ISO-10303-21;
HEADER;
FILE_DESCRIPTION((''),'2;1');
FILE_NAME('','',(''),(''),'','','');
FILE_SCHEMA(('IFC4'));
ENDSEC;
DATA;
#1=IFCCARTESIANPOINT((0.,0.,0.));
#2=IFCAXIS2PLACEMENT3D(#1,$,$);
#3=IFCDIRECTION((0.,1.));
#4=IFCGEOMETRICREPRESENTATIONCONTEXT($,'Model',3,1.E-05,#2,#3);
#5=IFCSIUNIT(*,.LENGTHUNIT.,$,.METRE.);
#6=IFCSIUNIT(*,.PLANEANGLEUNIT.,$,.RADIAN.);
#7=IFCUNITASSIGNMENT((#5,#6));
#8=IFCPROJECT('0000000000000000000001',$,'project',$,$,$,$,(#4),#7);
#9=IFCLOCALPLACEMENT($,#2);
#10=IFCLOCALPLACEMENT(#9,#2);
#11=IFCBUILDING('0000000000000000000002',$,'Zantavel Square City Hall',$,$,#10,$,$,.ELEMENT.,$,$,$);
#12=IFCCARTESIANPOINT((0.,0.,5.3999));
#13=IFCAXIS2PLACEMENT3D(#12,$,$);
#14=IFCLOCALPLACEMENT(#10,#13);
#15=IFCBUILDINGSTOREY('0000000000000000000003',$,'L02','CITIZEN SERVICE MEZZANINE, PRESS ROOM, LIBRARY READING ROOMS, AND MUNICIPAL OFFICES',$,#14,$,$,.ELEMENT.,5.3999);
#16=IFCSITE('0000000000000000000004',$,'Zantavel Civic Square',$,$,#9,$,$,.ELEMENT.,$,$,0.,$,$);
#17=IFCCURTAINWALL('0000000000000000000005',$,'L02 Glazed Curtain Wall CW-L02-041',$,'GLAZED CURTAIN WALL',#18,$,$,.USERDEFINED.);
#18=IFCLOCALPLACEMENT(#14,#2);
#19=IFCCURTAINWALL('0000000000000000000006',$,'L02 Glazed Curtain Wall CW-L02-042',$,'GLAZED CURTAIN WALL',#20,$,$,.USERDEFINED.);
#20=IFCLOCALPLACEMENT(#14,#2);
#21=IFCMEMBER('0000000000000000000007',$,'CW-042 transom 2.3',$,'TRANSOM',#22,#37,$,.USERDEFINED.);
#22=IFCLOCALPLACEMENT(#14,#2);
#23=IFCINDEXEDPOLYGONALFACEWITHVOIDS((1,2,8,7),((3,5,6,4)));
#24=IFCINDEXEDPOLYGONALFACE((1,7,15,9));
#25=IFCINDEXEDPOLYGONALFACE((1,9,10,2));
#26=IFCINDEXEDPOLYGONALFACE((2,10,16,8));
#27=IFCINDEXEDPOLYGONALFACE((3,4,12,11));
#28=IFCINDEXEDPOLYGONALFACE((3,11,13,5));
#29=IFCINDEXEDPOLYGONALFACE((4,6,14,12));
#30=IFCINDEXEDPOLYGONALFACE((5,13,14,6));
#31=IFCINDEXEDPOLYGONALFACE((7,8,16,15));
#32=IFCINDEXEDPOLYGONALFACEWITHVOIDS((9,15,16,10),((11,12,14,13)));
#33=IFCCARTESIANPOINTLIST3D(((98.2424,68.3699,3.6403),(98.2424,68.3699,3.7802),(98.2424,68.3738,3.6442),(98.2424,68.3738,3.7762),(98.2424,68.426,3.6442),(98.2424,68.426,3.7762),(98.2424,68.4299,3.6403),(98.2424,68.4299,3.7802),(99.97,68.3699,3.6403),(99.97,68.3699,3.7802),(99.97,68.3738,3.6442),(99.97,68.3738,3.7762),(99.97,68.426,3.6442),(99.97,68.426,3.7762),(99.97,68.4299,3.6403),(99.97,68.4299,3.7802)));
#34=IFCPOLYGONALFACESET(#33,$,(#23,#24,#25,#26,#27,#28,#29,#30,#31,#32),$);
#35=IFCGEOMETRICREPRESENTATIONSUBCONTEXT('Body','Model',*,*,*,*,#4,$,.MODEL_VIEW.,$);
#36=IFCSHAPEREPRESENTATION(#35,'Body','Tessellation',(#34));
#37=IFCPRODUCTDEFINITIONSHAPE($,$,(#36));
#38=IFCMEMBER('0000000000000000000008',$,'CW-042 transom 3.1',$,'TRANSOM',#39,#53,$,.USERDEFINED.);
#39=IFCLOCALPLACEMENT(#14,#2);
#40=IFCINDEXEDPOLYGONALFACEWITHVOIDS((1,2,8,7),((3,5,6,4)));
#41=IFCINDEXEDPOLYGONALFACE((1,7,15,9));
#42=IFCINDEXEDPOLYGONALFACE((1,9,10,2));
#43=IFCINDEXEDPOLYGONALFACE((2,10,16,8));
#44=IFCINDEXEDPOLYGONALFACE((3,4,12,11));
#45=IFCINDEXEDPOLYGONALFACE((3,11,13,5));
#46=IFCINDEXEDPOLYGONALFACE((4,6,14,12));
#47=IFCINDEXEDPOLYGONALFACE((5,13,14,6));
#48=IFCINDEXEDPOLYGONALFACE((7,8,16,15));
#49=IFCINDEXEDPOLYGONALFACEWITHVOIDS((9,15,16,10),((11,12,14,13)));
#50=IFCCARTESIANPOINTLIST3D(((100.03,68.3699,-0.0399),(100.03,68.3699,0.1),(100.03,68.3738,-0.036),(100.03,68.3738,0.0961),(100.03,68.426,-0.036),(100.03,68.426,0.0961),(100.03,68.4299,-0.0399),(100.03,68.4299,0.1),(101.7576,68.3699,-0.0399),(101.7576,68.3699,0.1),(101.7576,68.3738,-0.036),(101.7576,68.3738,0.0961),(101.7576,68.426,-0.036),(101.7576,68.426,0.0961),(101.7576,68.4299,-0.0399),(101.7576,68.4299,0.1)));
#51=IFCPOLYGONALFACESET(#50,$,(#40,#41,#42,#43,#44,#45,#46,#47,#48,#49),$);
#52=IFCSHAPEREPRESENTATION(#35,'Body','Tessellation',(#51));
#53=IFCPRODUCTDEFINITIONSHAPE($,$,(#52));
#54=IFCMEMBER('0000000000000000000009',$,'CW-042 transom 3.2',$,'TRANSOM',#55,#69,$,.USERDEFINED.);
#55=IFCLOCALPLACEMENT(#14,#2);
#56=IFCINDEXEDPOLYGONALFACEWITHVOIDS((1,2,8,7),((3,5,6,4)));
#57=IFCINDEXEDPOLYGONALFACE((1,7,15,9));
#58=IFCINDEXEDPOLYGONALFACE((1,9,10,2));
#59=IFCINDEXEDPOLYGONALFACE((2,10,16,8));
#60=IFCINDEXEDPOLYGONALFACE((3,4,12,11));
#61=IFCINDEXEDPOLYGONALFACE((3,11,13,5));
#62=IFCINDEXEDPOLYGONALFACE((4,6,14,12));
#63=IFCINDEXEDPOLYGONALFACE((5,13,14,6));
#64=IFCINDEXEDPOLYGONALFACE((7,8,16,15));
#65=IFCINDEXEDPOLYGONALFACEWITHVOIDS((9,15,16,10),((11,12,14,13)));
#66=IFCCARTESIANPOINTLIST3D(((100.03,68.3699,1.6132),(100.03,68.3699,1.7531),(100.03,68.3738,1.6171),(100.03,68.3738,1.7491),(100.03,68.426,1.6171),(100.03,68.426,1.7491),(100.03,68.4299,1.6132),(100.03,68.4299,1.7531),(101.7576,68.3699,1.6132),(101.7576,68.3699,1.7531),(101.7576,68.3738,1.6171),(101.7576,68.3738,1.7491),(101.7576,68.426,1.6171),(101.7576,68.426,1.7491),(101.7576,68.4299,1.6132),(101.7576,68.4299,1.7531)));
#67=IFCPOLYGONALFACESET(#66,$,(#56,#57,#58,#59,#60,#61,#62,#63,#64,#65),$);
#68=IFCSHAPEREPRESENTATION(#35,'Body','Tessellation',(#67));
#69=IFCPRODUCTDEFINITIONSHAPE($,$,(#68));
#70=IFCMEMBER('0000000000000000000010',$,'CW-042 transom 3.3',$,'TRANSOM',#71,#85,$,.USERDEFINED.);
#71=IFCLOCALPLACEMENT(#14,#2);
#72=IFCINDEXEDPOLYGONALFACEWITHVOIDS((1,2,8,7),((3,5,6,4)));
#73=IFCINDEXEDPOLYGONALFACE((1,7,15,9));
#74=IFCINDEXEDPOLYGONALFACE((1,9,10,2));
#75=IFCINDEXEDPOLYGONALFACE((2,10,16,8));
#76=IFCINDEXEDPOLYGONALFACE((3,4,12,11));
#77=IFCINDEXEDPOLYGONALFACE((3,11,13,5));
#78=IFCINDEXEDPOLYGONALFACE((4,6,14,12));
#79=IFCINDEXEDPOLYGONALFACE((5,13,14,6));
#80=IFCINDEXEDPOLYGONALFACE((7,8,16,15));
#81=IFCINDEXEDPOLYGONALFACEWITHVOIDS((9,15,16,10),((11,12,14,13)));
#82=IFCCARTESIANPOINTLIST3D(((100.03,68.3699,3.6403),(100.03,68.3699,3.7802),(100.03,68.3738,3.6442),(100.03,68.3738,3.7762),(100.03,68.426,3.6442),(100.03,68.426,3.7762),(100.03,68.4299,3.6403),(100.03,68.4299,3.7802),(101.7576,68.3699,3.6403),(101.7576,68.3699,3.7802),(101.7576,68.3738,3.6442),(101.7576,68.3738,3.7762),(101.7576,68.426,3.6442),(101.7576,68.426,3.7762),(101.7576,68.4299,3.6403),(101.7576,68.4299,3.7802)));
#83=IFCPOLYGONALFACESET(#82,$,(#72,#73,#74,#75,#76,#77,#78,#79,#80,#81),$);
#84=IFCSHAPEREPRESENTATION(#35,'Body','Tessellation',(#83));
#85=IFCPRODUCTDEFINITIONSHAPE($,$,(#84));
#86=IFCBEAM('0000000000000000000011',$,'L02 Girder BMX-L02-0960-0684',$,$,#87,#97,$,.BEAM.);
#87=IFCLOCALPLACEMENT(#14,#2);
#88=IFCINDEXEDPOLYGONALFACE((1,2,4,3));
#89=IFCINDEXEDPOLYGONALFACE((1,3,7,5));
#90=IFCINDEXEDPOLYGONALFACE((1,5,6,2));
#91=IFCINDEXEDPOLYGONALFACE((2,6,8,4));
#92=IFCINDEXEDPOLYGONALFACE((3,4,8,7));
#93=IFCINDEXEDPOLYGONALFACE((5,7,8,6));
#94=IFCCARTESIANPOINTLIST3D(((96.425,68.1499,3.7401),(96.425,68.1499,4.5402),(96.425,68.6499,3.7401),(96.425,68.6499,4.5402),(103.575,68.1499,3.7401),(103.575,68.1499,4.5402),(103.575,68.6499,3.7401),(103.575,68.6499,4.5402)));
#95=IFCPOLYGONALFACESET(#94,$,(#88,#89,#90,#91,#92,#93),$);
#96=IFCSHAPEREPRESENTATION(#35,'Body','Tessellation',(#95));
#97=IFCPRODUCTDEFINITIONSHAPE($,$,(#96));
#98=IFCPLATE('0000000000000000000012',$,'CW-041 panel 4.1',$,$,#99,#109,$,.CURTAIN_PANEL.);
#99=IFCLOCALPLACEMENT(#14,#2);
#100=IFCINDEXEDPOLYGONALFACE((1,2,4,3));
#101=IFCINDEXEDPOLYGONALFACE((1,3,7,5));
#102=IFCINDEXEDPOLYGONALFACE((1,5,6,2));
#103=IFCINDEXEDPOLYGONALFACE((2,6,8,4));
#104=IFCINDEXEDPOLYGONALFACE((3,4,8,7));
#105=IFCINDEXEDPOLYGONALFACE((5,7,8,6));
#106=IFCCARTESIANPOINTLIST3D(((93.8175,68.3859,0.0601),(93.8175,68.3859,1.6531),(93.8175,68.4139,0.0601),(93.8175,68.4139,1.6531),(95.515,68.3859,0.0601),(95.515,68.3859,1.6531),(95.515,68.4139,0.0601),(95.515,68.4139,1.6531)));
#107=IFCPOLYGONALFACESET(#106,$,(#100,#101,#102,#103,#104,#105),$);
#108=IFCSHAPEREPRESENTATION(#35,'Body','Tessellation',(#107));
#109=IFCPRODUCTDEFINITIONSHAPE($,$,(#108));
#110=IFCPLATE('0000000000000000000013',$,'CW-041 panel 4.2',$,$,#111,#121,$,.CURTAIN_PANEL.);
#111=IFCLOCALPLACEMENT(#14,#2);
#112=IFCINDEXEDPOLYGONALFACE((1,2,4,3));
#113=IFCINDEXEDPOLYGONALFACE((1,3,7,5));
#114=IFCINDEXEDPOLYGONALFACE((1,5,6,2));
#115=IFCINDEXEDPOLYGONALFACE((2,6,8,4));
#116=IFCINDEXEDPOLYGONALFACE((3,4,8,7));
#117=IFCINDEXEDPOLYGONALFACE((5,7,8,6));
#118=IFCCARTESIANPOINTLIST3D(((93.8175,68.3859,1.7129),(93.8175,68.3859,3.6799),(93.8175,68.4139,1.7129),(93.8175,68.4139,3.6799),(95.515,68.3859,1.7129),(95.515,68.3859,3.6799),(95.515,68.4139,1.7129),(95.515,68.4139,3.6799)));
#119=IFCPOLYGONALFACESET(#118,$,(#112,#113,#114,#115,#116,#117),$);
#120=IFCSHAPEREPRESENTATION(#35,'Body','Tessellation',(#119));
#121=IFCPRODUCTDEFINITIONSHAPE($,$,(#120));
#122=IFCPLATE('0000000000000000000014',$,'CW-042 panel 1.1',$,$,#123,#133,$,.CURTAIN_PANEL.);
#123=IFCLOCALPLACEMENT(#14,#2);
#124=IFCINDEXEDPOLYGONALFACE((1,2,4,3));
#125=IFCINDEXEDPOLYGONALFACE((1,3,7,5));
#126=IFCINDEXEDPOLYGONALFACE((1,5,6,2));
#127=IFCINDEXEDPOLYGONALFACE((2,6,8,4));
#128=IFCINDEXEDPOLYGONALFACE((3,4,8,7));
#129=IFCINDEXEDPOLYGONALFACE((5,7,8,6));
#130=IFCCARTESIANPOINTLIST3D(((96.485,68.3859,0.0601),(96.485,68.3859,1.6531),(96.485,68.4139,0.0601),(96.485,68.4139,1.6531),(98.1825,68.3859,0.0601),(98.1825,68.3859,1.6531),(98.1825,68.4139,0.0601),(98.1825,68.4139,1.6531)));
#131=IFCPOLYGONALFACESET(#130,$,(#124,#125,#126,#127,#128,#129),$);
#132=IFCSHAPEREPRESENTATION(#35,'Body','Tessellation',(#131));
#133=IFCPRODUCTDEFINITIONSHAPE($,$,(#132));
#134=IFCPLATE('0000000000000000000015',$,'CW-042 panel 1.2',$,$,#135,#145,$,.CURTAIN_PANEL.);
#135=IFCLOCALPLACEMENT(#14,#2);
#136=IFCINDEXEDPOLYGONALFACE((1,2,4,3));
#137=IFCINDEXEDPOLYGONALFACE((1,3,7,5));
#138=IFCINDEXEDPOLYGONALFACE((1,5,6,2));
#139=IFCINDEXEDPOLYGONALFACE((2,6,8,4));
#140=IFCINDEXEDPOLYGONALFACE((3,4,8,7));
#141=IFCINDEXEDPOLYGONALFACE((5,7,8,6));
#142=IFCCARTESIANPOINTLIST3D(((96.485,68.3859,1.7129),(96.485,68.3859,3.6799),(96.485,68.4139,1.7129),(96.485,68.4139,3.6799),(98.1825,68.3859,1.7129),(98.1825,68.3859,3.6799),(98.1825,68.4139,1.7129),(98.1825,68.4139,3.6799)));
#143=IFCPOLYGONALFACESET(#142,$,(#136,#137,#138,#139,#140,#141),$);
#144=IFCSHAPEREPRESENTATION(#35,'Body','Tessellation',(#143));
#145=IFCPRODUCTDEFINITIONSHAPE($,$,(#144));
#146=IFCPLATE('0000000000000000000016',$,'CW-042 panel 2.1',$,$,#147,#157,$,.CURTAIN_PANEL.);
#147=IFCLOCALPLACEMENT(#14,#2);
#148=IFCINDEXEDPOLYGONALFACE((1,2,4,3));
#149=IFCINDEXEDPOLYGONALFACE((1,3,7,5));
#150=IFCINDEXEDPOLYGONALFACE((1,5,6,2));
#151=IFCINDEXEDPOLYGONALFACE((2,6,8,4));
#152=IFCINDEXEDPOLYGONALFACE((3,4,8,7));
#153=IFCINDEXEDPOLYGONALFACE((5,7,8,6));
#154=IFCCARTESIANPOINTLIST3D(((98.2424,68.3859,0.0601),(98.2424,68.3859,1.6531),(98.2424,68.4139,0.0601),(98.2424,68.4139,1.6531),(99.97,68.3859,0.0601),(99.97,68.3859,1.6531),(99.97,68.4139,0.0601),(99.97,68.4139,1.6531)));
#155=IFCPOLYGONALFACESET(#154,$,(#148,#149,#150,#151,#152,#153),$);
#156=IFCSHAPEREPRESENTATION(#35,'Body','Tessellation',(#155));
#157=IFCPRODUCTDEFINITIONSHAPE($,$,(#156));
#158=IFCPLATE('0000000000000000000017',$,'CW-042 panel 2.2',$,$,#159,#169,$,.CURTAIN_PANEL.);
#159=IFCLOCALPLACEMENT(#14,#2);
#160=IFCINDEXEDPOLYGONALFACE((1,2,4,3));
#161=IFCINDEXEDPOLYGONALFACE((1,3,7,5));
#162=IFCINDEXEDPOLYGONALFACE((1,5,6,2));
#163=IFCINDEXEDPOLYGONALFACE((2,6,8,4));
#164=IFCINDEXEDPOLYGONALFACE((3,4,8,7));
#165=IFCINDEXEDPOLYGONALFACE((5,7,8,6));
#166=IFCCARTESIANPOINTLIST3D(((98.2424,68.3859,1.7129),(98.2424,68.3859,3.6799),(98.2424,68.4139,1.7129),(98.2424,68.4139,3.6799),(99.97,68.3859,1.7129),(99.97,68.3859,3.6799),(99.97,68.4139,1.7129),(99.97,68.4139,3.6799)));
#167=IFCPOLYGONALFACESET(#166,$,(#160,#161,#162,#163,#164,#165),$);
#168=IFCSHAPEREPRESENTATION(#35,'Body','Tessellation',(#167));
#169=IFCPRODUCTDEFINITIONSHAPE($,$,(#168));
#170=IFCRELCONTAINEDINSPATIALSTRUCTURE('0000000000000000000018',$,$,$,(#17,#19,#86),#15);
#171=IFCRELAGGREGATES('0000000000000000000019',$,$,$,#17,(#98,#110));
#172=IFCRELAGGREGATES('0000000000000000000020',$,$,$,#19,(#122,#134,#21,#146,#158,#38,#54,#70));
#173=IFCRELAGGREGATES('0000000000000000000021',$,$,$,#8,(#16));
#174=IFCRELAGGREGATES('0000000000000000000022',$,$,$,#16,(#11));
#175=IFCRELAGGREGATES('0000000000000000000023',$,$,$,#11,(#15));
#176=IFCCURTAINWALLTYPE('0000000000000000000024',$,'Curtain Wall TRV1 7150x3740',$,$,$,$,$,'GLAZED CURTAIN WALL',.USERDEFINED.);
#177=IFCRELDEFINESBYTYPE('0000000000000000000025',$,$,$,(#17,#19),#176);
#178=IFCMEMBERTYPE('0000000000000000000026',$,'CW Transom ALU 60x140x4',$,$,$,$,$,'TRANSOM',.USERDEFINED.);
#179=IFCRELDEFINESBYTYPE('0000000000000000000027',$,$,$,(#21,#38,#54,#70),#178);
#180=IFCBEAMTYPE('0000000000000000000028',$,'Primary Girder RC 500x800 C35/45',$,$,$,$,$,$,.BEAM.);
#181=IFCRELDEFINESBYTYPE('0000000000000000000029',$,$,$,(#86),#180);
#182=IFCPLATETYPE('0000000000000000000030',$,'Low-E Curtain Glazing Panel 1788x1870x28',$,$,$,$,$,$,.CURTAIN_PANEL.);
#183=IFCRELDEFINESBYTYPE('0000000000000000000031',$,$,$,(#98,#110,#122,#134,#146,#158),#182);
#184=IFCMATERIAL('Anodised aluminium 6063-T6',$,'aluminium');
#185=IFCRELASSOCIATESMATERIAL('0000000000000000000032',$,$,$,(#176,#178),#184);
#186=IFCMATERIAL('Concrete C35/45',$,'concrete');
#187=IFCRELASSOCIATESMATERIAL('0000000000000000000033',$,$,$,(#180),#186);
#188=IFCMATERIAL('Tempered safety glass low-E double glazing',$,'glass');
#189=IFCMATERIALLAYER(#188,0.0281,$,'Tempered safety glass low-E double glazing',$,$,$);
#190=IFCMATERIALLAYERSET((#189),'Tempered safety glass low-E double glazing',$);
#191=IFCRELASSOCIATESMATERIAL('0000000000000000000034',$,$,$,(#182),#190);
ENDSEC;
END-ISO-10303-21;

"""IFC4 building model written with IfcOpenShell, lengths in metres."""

from ifc_helpers import new_model, si_unit, direction, frame, origin, origin_2d, place, context, subcontext, project, spatial, rectangle, hollow_rectangle, extrude, material, layer, layer_set, material_profile, profile_set, type_object, element, aggregate, save


model = new_model("IFC4")

# Units and contexts
model_context = context("Model", 3, precision=1e-05, world=origin(), true_north=direction((0.0, 1.0)))
body_context = subcontext(model_context, "Body", "Model", "MODEL_VIEW")
ifc_project = project(units=[si_unit("LENGTHUNIT", "METRE"), si_unit("PLANEANGLEUNIT", "RADIAN")], contexts=[model_context])

# Site, building, storey
site_placement = place(None, origin())
site = spatial("IfcSite", under=ifc_project, at=site_placement, Name="Zantavel Civic Square", CompositionType="ELEMENT", RefElevation=0.0)
building_placement = place(site_placement, origin())
building = spatial("IfcBuilding", under=site, at=building_placement, Name="Zantavel Square City Hall", CompositionType="ELEMENT")
storey_placement = place(building_placement, frame((0.0, 0.0, 5.3999)))
storey = spatial("IfcBuildingStorey", under=building, at=storey_placement, Name="L02", Description="CITIZEN SERVICE MEZZANINE, PRESS ROOM, LIBRARY READING ROOMS, AND MUNICIPAL OFFICES", CompositionType="ELEMENT", Elevation=5.3999)

# Curtain wall
ifc_material_1 = material(Name="Anodised aluminium 6063-T6", Category="aluminium")
curtain_wall_type = type_object("IfcCurtainWallType", Name="Curtain Wall TRV1 7150x3740", ElementType="GLAZED CURTAIN WALL", PredefinedType="USERDEFINED", material=ifc_material_1)
curtain_wall_1_placement = place(storey_placement, origin())
curtain_wall_1 = element("IfcCurtainWall", 1, at=curtain_wall_1_placement, inside=storey, type_object=curtain_wall_type, Name="L02 Glazed Curtain Wall CW-L02-041", ObjectType="GLAZED CURTAIN WALL", PredefinedType="USERDEFINED")

# Curtain wall
curtain_wall_2_placement = place(storey_placement, origin())
curtain_wall_2 = element("IfcCurtainWall", 2, at=curtain_wall_2_placement, inside=storey, type_object=curtain_wall_type, Name="L02 Glazed Curtain Wall CW-L02-042", ObjectType="GLAZED CURTAIN WALL", PredefinedType="USERDEFINED")

# Members
ifc_material_profile_1 = material_profile(ifc_material_1, hollow_rectangle(XDim=0.0601, YDim=0.1399, WallThickness=0.0039, at=origin_2d()), Name="ALU 60x140x4")
ifc_profile_set_1 = profile_set([ifc_material_profile_1], Name="Anodised aluminium 6063-T6")
member_type_1 = type_object("IfcMemberType", Name="CW Transom ALU 60x140x4", ElementType="TRANSOM", PredefinedType="USERDEFINED", material=ifc_profile_set_1)
member_1_placement = place(storey_placement, frame((98.2424, 68.3999, 3.7102), z_axis=(1.0, 0.0, 0.0), x_axis=(0.0, 1.0, 0.0)))
member_1 = element("IfcMember", 3, at=member_1_placement, type_object=member_type_1, Name="CW-042 transom 2.3", ObjectType="TRANSOM", PredefinedType="USERDEFINED", context=body_context, shape_type="SweptSolid", body=[
    extrude(hollow_rectangle(XDim=0.0601, YDim=0.1399, WallThickness=0.0039, at=origin_2d()), origin(), (0.0, 0.0, 1.0), 1.7275),
])
member_2_placement = place(storey_placement, frame((100.03, 68.3999, 0.03), z_axis=(1.0, 0.0, 0.0), x_axis=(0.0, 1.0, 0.0)))
member_2 = element("IfcMember", 4, at=member_2_placement, type_object=member_type_1, Name="CW-042 transom 3.1", ObjectType="TRANSOM", PredefinedType="USERDEFINED", context=body_context, shape_type="SweptSolid", body=[
    extrude(hollow_rectangle(XDim=0.0601, YDim=0.1399, WallThickness=0.0039, at=origin_2d()), origin(), (0.0, 0.0, 1.0), 1.7275),
])
member_3_placement = place(storey_placement, frame((100.03, 68.3999, 1.6831), z_axis=(1.0, 0.0, 0.0), x_axis=(0.0, 1.0, 0.0)))
member_3 = element("IfcMember", 5, at=member_3_placement, type_object=member_type_1, Name="CW-042 transom 3.2", ObjectType="TRANSOM", PredefinedType="USERDEFINED", context=body_context, shape_type="SweptSolid", body=[
    extrude(hollow_rectangle(XDim=0.0601, YDim=0.1399, WallThickness=0.0039, at=origin_2d()), origin(), (0.0, 0.0, 1.0), 1.7275),
])
member_4_placement = place(storey_placement, frame((100.03, 68.3999, 3.7102), z_axis=(1.0, 0.0, 0.0), x_axis=(0.0, 1.0, 0.0)))
member_4 = element("IfcMember", 6, at=member_4_placement, type_object=member_type_1, Name="CW-042 transom 3.3", ObjectType="TRANSOM", PredefinedType="USERDEFINED", context=body_context, shape_type="SweptSolid", body=[
    extrude(hollow_rectangle(XDim=0.0601, YDim=0.1399, WallThickness=0.0039, at=origin_2d()), origin(), (0.0, 0.0, 1.0), 1.7275),
])

# Beam
ifc_material_2 = material(Name="Concrete C35/45", Category="concrete")
ifc_material_profile_2 = material_profile(ifc_material_2, rectangle(XDim=0.5, YDim=0.8, at=origin_2d()), Name="RC 500x800")
ifc_profile_set_2 = profile_set([ifc_material_profile_2], Name="Concrete C35/45")
beam_type = type_object("IfcBeamType", Name="Primary Girder RC 500x800 C35/45", PredefinedType="BEAM", material=ifc_profile_set_2)
beam_placement = place(storey_placement, frame((96.425, 68.3999, 4.1401), z_axis=(1.0, 0.0, 0.0), x_axis=(0.0, 1.0, 0.0)))
element("IfcBeam", 7, at=beam_placement, inside=storey, type_object=beam_type, Name="L02 Girder BMX-L02-0960-0684", PredefinedType="BEAM", context=body_context, shape_type="SweptSolid", body=[
    extrude(rectangle(XDim=0.5, YDim=0.8, at=origin_2d()), origin(), (0.0, 0.0, 1.0), 7.1499),
])

# Plates
ifc_material_3 = material(Name="Tempered safety glass low-E double glazing", Category="glass")
ifc_layer = layer(ifc_material_3, 0.0281, Name="Tempered safety glass low-E double glazing")
ifc_layer_set = layer_set([ifc_layer], Name="Tempered safety glass low-E double glazing")
plate_type = type_object("IfcPlateType", Name="Low-E Curtain Glazing Panel 1788x1870x28", PredefinedType="CURTAIN_PANEL", material=ifc_layer_set)
plate_1_placement = place(storey_placement, frame((94.6663, 68.3999, 0.0601), z_axis=(0.0, 0.0, 1.0), x_axis=(1.0, 0.0, 0.0)))
plate_1 = element("IfcPlate", 8, at=plate_1_placement, type_object=plate_type, Name="CW-041 panel 4.1", PredefinedType="CURTAIN_PANEL", context=body_context, shape_type="SweptSolid", body=[
    extrude(rectangle(XDim=1.6975, YDim=0.0281, at=origin_2d()), origin(), (0.0, 0.0, 1.0), 1.593),
])
plate_2_placement = place(storey_placement, frame((94.6663, 68.3999, 1.7129), z_axis=(0.0, 0.0, 1.0), x_axis=(1.0, 0.0, 0.0)))
plate_2 = element("IfcPlate", 9, at=plate_2_placement, type_object=plate_type, Name="CW-041 panel 4.2", PredefinedType="CURTAIN_PANEL", context=body_context, shape_type="SweptSolid", body=[
    extrude(rectangle(XDim=1.6975, YDim=0.0281, at=origin_2d()), origin(), (0.0, 0.0, 1.0), 1.967),
])
aggregate(curtain_wall_1, [plate_1, plate_2])
plate_3_placement = place(storey_placement, frame((97.3337, 68.3999, 0.0601), z_axis=(0.0, 0.0, 1.0), x_axis=(1.0, 0.0, 0.0)))
plate_3 = element("IfcPlate", 10, at=plate_3_placement, type_object=plate_type, Name="CW-042 panel 1.1", PredefinedType="CURTAIN_PANEL", context=body_context, shape_type="SweptSolid", body=[
    extrude(rectangle(XDim=1.6975, YDim=0.0281, at=origin_2d()), origin(), (0.0, 0.0, 1.0), 1.593),
])
plate_4_placement = place(storey_placement, frame((97.3337, 68.3999, 1.7129), z_axis=(0.0, 0.0, 1.0), x_axis=(1.0, 0.0, 0.0)))
plate_4 = element("IfcPlate", 11, at=plate_4_placement, type_object=plate_type, Name="CW-042 panel 1.2", PredefinedType="CURTAIN_PANEL", context=body_context, shape_type="SweptSolid", body=[
    extrude(rectangle(XDim=1.6975, YDim=0.0281, at=origin_2d()), origin(), (0.0, 0.0, 1.0), 1.967),
])
plate_5_placement = place(storey_placement, frame((99.1062, 68.3999, 0.0601), z_axis=(0.0, 0.0, 1.0), x_axis=(1.0, 0.0, 0.0)))
plate_5 = element("IfcPlate", 12, at=plate_5_placement, type_object=plate_type, Name="CW-042 panel 2.1", PredefinedType="CURTAIN_PANEL", context=body_context, shape_type="SweptSolid", body=[
    extrude(rectangle(XDim=1.7275, YDim=0.0281, at=origin_2d()), origin(), (0.0, 0.0, 1.0), 1.593),
])
plate_6_placement = place(storey_placement, frame((99.1062, 68.3999, 1.7129), z_axis=(0.0, 0.0, 1.0), x_axis=(1.0, 0.0, 0.0)))
plate_6 = element("IfcPlate", 13, at=plate_6_placement, type_object=plate_type, Name="CW-042 panel 2.2", PredefinedType="CURTAIN_PANEL", context=body_context, shape_type="SweptSolid", body=[
    extrude(rectangle(XDim=1.7275, YDim=0.0281, at=origin_2d()), origin(), (0.0, 0.0, 1.0), 1.967),
])
aggregate(curtain_wall_2, [plate_3, plate_4, member_1, plate_5, plate_6, member_2, member_3, member_4])

save(model, "model.ifc")
